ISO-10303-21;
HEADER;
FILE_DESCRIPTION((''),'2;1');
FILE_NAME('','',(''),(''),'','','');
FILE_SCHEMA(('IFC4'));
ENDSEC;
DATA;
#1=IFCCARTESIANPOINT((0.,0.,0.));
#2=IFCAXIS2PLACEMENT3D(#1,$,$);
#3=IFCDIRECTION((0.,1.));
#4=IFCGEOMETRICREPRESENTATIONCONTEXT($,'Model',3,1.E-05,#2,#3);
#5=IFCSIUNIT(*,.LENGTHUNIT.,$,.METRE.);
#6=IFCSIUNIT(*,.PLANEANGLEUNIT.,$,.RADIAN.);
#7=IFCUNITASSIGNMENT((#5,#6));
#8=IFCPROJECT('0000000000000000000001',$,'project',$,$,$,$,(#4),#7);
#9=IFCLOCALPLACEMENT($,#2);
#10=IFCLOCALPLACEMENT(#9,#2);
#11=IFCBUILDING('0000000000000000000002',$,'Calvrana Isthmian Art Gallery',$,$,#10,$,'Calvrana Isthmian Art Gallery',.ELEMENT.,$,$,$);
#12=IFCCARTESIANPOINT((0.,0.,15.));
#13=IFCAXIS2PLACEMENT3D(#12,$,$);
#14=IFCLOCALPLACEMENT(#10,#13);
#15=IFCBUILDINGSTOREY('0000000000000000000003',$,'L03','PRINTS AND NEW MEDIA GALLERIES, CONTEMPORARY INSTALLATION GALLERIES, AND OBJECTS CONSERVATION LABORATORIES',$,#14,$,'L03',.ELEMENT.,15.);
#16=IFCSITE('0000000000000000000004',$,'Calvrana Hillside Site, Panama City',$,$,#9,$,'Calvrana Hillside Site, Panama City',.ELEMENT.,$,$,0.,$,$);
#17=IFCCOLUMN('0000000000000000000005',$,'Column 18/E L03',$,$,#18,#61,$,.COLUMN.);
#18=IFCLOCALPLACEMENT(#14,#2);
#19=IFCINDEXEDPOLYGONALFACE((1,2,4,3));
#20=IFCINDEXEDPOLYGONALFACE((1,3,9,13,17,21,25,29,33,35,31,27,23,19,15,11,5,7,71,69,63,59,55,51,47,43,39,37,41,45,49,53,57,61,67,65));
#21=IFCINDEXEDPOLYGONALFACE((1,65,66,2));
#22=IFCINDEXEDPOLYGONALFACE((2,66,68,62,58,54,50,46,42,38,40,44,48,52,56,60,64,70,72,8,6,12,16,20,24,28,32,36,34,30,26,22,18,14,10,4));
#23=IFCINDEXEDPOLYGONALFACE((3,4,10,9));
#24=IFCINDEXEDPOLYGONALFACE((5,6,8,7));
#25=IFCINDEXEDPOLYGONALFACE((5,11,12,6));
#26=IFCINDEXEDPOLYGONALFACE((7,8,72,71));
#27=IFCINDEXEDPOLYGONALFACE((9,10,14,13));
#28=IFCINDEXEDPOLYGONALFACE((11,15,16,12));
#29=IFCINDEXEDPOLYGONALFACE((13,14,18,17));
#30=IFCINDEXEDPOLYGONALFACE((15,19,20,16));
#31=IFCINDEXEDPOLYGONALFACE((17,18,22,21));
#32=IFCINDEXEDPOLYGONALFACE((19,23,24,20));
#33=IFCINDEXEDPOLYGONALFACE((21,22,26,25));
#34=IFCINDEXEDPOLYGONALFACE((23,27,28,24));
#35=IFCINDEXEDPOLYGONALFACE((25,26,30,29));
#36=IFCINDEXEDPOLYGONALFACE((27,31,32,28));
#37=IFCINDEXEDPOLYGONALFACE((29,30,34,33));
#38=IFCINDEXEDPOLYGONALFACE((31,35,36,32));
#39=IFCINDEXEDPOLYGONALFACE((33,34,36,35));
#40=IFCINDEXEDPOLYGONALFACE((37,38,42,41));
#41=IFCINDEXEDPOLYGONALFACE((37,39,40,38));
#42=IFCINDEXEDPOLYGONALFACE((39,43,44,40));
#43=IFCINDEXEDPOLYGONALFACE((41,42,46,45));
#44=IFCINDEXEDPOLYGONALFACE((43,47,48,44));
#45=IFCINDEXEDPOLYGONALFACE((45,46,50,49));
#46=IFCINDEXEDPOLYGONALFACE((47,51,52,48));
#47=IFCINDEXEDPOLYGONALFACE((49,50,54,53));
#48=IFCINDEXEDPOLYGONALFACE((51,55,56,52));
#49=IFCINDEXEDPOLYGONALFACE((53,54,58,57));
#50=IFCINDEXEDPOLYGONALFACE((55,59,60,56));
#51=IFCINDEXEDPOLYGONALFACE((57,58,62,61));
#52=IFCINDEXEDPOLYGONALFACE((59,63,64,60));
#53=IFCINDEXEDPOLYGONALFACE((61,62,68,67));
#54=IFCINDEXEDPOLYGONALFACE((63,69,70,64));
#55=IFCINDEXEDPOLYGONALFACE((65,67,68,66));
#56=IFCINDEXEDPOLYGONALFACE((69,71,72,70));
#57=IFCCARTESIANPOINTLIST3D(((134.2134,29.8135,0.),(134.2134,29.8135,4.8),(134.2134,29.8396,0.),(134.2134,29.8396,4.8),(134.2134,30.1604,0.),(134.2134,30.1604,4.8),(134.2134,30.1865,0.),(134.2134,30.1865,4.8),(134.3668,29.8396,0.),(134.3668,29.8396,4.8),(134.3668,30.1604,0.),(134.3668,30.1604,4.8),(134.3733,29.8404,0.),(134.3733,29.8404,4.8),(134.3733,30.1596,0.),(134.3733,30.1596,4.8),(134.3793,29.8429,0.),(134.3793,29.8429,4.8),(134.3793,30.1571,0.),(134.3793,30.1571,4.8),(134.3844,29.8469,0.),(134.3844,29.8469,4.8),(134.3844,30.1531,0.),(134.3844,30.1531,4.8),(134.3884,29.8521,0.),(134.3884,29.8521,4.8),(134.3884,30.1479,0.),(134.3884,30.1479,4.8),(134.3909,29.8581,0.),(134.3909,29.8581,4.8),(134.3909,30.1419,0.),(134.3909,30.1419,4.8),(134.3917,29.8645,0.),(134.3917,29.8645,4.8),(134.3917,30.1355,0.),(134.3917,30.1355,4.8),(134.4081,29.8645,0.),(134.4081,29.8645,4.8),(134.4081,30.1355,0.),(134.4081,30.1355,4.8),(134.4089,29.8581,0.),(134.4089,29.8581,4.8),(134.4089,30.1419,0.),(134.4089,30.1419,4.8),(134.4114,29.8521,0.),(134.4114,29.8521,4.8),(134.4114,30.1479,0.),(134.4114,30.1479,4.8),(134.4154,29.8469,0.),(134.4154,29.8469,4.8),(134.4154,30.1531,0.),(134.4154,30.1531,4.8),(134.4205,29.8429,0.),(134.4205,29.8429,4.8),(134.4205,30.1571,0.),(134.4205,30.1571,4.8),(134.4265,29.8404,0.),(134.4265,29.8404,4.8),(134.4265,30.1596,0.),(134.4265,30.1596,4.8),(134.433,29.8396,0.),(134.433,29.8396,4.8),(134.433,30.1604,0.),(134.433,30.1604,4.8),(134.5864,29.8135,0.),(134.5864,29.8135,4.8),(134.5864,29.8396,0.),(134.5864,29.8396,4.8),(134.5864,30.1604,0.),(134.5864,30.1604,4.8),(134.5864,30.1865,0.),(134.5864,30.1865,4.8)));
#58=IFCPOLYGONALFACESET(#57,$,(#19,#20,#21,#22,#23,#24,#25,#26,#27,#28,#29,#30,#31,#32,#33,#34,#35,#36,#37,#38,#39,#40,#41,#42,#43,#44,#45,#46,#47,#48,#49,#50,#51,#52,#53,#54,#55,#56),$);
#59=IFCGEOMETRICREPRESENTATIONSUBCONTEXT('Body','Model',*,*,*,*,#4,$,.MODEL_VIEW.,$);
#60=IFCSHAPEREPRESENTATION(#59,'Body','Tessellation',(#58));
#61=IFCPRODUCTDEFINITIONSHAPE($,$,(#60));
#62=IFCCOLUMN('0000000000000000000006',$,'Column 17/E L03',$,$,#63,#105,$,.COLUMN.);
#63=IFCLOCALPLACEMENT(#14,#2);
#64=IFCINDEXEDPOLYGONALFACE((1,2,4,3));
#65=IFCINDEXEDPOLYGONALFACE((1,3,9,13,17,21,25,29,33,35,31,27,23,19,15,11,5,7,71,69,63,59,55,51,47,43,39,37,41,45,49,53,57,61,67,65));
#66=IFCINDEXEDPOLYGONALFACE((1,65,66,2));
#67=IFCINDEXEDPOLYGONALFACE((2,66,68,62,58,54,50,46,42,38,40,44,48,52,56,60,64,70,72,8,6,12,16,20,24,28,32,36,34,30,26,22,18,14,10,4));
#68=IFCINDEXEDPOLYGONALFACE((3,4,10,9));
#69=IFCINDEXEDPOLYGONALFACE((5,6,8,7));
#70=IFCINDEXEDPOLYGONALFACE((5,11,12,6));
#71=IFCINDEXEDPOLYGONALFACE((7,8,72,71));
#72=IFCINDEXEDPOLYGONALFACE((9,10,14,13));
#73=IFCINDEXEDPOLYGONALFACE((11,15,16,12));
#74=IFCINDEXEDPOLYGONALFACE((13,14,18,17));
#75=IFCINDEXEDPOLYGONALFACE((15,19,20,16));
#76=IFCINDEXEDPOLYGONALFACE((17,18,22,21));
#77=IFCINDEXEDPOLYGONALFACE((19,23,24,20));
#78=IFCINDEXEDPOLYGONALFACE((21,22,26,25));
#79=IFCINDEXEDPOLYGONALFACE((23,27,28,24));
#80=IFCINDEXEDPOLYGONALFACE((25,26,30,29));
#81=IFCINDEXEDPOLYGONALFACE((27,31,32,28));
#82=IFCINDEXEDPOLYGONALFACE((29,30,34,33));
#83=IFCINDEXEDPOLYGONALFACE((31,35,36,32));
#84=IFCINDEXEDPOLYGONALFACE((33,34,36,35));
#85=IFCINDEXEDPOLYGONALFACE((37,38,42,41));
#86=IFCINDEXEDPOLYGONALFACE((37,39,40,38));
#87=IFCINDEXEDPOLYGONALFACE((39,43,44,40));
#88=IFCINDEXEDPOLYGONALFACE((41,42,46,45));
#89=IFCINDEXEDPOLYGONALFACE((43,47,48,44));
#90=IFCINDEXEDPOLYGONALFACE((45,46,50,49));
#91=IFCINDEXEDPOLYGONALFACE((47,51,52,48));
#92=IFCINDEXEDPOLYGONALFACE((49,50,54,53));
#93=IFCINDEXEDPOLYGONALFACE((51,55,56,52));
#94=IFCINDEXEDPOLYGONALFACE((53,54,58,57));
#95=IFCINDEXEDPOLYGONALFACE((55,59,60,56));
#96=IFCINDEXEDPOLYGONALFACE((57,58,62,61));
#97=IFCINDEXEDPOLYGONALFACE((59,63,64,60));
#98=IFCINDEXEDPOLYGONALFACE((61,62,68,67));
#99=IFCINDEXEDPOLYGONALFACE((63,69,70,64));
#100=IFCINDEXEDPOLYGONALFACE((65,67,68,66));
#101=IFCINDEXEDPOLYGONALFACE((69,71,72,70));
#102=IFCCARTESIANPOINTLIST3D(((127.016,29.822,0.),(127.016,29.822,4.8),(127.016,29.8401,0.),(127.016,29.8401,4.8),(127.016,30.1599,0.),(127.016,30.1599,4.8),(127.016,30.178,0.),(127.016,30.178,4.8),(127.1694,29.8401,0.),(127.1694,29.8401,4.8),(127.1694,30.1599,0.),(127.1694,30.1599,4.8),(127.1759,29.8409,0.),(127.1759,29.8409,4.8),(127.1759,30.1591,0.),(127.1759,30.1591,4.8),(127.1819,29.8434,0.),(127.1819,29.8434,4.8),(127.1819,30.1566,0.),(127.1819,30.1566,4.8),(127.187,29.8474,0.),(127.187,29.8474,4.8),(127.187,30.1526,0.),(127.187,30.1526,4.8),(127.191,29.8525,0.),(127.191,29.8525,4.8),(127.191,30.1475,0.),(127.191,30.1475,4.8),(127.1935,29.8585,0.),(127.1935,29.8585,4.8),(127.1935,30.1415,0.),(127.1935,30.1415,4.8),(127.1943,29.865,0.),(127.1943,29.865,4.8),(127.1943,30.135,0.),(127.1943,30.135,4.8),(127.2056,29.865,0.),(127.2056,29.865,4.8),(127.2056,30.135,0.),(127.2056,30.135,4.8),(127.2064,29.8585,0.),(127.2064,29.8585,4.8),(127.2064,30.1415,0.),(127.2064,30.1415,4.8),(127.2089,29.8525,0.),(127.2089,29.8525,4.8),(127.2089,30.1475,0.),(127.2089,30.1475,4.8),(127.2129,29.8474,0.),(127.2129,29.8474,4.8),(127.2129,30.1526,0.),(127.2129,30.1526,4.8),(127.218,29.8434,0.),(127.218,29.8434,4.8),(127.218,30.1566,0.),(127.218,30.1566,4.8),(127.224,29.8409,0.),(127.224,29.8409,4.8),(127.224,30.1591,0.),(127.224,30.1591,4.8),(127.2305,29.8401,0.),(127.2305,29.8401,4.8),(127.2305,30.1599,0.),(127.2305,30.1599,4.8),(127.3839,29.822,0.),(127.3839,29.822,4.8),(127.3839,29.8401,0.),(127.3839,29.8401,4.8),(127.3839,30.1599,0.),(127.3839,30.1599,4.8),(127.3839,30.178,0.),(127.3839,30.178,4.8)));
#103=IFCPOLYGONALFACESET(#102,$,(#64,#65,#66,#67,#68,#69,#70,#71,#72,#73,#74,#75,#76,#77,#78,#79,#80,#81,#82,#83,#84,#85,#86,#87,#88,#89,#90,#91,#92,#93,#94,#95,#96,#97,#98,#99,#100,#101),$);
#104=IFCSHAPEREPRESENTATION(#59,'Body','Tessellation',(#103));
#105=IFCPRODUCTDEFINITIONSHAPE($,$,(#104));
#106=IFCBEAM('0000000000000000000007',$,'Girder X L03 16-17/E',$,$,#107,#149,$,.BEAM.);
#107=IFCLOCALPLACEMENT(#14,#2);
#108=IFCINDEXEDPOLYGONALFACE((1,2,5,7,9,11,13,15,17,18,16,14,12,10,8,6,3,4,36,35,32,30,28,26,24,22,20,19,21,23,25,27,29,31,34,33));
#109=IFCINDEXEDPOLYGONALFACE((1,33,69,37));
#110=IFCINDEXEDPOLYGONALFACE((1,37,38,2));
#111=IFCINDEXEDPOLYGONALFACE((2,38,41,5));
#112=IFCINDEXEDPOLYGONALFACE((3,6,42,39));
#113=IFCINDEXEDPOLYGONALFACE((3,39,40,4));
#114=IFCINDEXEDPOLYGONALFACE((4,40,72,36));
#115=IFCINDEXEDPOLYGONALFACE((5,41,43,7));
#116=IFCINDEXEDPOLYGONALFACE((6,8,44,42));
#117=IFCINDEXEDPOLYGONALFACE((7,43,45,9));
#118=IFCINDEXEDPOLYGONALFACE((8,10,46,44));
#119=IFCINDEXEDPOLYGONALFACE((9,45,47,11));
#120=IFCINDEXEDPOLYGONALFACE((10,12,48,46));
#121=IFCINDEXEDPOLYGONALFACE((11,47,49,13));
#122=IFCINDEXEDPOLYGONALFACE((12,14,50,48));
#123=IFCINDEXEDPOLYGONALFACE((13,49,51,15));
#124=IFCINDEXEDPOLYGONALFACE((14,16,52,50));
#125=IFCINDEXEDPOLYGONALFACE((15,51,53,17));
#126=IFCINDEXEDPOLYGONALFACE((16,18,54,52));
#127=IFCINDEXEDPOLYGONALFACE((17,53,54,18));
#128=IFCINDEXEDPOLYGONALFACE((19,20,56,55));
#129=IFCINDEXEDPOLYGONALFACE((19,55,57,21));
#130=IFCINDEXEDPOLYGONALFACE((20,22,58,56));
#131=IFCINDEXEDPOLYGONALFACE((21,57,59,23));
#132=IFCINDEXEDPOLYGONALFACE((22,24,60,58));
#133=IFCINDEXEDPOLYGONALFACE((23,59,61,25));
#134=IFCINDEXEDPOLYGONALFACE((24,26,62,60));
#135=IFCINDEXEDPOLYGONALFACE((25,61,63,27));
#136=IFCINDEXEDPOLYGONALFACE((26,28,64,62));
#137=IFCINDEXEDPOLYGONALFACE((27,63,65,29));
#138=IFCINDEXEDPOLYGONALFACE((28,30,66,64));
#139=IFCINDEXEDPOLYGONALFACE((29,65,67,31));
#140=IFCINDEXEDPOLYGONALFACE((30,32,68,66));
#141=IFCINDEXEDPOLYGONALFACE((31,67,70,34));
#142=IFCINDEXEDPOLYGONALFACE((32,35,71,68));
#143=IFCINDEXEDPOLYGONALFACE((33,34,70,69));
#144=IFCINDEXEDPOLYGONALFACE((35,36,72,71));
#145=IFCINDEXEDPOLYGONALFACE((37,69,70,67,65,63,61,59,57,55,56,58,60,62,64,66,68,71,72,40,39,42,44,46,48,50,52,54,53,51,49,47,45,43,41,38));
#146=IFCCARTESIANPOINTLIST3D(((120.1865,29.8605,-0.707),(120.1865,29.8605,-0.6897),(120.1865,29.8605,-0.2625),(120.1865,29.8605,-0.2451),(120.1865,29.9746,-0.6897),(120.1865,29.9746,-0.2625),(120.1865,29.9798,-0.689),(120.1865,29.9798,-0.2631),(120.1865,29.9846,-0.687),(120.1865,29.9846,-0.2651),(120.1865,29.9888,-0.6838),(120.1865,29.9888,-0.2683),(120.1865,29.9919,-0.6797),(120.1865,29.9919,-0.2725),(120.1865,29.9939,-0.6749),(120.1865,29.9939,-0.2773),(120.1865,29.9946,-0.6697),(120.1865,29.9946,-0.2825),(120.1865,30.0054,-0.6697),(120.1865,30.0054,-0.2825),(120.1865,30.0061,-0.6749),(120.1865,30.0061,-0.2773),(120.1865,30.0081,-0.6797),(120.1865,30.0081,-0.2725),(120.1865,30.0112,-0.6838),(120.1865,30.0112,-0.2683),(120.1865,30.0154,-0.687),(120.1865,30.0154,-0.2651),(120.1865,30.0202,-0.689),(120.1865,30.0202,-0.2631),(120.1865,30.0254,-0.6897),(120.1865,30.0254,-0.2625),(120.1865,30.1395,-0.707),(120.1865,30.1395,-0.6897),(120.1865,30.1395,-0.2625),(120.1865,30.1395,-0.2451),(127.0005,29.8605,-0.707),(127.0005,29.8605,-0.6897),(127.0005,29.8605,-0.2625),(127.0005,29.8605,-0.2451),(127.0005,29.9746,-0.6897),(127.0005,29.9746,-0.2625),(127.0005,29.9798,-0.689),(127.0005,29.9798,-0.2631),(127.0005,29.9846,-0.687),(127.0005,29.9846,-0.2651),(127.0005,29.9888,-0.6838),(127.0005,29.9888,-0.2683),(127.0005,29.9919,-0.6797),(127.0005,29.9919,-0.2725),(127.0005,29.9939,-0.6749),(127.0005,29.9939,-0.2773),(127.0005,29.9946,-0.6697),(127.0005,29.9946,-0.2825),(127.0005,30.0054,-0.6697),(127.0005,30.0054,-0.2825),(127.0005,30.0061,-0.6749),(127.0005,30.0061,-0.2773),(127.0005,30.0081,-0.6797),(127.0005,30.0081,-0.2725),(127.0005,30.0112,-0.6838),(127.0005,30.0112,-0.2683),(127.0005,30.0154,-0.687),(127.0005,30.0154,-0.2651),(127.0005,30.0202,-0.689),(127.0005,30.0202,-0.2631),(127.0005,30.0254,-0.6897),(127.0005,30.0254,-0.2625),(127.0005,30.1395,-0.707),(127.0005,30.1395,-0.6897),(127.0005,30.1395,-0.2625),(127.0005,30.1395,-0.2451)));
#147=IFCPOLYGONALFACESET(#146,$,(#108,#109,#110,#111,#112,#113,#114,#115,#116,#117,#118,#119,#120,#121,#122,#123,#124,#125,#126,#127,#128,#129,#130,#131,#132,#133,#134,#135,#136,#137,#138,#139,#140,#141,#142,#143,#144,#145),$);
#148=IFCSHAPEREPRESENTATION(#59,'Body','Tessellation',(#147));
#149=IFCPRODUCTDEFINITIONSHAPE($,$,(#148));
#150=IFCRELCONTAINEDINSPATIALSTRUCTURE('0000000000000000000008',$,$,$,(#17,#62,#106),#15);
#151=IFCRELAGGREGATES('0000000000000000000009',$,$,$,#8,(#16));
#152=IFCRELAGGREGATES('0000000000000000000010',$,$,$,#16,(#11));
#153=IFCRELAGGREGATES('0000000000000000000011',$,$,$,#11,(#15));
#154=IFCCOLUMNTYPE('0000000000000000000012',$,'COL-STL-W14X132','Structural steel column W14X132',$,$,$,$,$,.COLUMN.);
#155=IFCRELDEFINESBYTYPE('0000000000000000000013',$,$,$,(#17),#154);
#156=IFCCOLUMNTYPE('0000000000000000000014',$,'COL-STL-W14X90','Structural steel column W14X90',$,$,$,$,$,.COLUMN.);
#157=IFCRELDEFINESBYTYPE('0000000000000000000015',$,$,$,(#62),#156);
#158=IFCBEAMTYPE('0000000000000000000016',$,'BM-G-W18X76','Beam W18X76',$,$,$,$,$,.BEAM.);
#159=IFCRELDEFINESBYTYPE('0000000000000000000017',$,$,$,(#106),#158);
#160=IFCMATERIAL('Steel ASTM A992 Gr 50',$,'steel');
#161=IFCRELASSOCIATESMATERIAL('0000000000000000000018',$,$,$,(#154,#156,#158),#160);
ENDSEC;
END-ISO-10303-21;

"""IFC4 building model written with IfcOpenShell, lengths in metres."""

from ifc_helpers import new_model, si_unit, direction, frame, origin, origin_2d, place, context, subcontext, project, spatial, i_section, extrude, material, material_profile, profile_set, type_object, element, save


model = new_model("IFC4")

# Units and contexts
model_context = context("Model", 3, precision=1e-05, world=origin(), true_north=direction((0.0, 1.0)))
body_context = subcontext(model_context, "Body", "Model", "MODEL_VIEW")
ifc_project = project(units=[si_unit("LENGTHUNIT", "METRE"), si_unit("PLANEANGLEUNIT", "RADIAN")], contexts=[model_context])

# Site, building, storey
site_placement = place(None, origin())
site = spatial("IfcSite", under=ifc_project, at=site_placement, Name="Calvrana Hillside Site, Panama City", LongName="Calvrana Hillside Site, Panama City", CompositionType="ELEMENT", RefElevation=0.0)
building_placement = place(site_placement, origin())
building = spatial("IfcBuilding", under=site, at=building_placement, Name="Calvrana Isthmian Art Gallery", LongName="Calvrana Isthmian Art Gallery", CompositionType="ELEMENT")
storey_placement = place(building_placement, frame((0.0, 0.0, 15.0)))
storey = spatial("IfcBuildingStorey", under=building, at=storey_placement, Name="L03", Description="PRINTS AND NEW MEDIA GALLERIES, CONTEMPORARY INSTALLATION GALLERIES, AND OBJECTS CONSERVATION LABORATORIES", LongName="L03", CompositionType="ELEMENT", Elevation=15.0)

# Columns
ifc_material_1 = material(Name="Steel ASTM A992 Gr 50", Category="steel")
ifc_material_profile_1 = material_profile(ifc_material_1, i_section(OverallWidth=0.373, OverallDepth=0.373, WebThickness=0.0164, FlangeThickness=0.0261, FilletRadius=0.0249, at=origin_2d()), Name="W14X132")
ifc_profile_set_1 = profile_set([ifc_material_profile_1], Name="Steel ASTM A992 Gr 50")
column_type_1 = type_object("IfcColumnType", Name="COL-STL-W14X132", Description="Structural steel column W14X132", PredefinedType="COLUMN", material=ifc_profile_set_1)
column_1_placement = place(storey_placement, frame((134.3999, 30.0, 0.0), z_axis=(0.0, 0.0, 1.0), x_axis=(1.0, 0.0, 0.0)))
element("IfcColumn", 1, at=column_1_placement, inside=storey, type_object=column_type_1, Name="Column 18/E L03", PredefinedType="COLUMN", context=body_context, shape_type="SweptSolid", body=[
    extrude(i_section(OverallWidth=0.373, OverallDepth=0.373, WebThickness=0.0164, FlangeThickness=0.0261, FilletRadius=0.0249, at=origin_2d()), origin(), (0.0, 0.0, 1.0), 4.8),
])
ifc_material_profile_2 = material_profile(ifc_material_1, i_section(OverallWidth=0.3679, OverallDepth=0.356, WebThickness=0.0112, FlangeThickness=0.0181, FilletRadius=0.0249, at=origin_2d()), Name="W14X90")
ifc_profile_set_2 = profile_set([ifc_material_profile_2], Name="Steel ASTM A992 Gr 50")
column_type_2 = type_object("IfcColumnType", Name="COL-STL-W14X90", Description="Structural steel column W14X90", PredefinedType="COLUMN", material=ifc_profile_set_2)
column_2_placement = place(storey_placement, frame((127.2, 30.0, 0.0), z_axis=(0.0, 0.0, 1.0), x_axis=(1.0, 0.0, 0.0)))
element("IfcColumn", 2, at=column_2_placement, inside=storey, type_object=column_type_2, Name="Column 17/E L03", PredefinedType="COLUMN", context=body_context, shape_type="SweptSolid", body=[
    extrude(i_section(OverallWidth=0.3679, OverallDepth=0.356, WebThickness=0.0112, FlangeThickness=0.0181, FilletRadius=0.0249, at=origin_2d()), origin(), (0.0, 0.0, 1.0), 4.8),
])

# Beam
ifc_material_profile_3 = material_profile(ifc_material_1, i_section(OverallWidth=0.2791, OverallDepth=0.4619, WebThickness=0.0107, FlangeThickness=0.0173, FilletRadius=0.02, at=origin_2d()), Name="W18X76")
ifc_profile_set_3 = profile_set([ifc_material_profile_3], Name="Steel ASTM A992 Gr 50")
beam_type_1 = type_object("IfcBeamType", Name="BM-G-W18X76", Description="Beam W18X76", PredefinedType="BEAM", material=ifc_profile_set_3)
beam_1_placement = place(storey_placement, frame((120.1865, 30.0, -0.4761), z_axis=(1.0, 0.0, 0.0), x_axis=(0.0, 1.0, 0.0)))
element("IfcBeam", 3, at=beam_1_placement, inside=storey, type_object=beam_type_1, Name="Girder X L03 16-17/E", PredefinedType="BEAM", context=body_context, shape_type="SweptSolid", body=[
    extrude(i_section(OverallWidth=0.2791, OverallDepth=0.4619, WebThickness=0.0107, FlangeThickness=0.0173, FilletRadius=0.02, at=origin_2d()), origin(), (0.0, 0.0, 1.0), 6.814),
])

save(model, "model.ifc")
